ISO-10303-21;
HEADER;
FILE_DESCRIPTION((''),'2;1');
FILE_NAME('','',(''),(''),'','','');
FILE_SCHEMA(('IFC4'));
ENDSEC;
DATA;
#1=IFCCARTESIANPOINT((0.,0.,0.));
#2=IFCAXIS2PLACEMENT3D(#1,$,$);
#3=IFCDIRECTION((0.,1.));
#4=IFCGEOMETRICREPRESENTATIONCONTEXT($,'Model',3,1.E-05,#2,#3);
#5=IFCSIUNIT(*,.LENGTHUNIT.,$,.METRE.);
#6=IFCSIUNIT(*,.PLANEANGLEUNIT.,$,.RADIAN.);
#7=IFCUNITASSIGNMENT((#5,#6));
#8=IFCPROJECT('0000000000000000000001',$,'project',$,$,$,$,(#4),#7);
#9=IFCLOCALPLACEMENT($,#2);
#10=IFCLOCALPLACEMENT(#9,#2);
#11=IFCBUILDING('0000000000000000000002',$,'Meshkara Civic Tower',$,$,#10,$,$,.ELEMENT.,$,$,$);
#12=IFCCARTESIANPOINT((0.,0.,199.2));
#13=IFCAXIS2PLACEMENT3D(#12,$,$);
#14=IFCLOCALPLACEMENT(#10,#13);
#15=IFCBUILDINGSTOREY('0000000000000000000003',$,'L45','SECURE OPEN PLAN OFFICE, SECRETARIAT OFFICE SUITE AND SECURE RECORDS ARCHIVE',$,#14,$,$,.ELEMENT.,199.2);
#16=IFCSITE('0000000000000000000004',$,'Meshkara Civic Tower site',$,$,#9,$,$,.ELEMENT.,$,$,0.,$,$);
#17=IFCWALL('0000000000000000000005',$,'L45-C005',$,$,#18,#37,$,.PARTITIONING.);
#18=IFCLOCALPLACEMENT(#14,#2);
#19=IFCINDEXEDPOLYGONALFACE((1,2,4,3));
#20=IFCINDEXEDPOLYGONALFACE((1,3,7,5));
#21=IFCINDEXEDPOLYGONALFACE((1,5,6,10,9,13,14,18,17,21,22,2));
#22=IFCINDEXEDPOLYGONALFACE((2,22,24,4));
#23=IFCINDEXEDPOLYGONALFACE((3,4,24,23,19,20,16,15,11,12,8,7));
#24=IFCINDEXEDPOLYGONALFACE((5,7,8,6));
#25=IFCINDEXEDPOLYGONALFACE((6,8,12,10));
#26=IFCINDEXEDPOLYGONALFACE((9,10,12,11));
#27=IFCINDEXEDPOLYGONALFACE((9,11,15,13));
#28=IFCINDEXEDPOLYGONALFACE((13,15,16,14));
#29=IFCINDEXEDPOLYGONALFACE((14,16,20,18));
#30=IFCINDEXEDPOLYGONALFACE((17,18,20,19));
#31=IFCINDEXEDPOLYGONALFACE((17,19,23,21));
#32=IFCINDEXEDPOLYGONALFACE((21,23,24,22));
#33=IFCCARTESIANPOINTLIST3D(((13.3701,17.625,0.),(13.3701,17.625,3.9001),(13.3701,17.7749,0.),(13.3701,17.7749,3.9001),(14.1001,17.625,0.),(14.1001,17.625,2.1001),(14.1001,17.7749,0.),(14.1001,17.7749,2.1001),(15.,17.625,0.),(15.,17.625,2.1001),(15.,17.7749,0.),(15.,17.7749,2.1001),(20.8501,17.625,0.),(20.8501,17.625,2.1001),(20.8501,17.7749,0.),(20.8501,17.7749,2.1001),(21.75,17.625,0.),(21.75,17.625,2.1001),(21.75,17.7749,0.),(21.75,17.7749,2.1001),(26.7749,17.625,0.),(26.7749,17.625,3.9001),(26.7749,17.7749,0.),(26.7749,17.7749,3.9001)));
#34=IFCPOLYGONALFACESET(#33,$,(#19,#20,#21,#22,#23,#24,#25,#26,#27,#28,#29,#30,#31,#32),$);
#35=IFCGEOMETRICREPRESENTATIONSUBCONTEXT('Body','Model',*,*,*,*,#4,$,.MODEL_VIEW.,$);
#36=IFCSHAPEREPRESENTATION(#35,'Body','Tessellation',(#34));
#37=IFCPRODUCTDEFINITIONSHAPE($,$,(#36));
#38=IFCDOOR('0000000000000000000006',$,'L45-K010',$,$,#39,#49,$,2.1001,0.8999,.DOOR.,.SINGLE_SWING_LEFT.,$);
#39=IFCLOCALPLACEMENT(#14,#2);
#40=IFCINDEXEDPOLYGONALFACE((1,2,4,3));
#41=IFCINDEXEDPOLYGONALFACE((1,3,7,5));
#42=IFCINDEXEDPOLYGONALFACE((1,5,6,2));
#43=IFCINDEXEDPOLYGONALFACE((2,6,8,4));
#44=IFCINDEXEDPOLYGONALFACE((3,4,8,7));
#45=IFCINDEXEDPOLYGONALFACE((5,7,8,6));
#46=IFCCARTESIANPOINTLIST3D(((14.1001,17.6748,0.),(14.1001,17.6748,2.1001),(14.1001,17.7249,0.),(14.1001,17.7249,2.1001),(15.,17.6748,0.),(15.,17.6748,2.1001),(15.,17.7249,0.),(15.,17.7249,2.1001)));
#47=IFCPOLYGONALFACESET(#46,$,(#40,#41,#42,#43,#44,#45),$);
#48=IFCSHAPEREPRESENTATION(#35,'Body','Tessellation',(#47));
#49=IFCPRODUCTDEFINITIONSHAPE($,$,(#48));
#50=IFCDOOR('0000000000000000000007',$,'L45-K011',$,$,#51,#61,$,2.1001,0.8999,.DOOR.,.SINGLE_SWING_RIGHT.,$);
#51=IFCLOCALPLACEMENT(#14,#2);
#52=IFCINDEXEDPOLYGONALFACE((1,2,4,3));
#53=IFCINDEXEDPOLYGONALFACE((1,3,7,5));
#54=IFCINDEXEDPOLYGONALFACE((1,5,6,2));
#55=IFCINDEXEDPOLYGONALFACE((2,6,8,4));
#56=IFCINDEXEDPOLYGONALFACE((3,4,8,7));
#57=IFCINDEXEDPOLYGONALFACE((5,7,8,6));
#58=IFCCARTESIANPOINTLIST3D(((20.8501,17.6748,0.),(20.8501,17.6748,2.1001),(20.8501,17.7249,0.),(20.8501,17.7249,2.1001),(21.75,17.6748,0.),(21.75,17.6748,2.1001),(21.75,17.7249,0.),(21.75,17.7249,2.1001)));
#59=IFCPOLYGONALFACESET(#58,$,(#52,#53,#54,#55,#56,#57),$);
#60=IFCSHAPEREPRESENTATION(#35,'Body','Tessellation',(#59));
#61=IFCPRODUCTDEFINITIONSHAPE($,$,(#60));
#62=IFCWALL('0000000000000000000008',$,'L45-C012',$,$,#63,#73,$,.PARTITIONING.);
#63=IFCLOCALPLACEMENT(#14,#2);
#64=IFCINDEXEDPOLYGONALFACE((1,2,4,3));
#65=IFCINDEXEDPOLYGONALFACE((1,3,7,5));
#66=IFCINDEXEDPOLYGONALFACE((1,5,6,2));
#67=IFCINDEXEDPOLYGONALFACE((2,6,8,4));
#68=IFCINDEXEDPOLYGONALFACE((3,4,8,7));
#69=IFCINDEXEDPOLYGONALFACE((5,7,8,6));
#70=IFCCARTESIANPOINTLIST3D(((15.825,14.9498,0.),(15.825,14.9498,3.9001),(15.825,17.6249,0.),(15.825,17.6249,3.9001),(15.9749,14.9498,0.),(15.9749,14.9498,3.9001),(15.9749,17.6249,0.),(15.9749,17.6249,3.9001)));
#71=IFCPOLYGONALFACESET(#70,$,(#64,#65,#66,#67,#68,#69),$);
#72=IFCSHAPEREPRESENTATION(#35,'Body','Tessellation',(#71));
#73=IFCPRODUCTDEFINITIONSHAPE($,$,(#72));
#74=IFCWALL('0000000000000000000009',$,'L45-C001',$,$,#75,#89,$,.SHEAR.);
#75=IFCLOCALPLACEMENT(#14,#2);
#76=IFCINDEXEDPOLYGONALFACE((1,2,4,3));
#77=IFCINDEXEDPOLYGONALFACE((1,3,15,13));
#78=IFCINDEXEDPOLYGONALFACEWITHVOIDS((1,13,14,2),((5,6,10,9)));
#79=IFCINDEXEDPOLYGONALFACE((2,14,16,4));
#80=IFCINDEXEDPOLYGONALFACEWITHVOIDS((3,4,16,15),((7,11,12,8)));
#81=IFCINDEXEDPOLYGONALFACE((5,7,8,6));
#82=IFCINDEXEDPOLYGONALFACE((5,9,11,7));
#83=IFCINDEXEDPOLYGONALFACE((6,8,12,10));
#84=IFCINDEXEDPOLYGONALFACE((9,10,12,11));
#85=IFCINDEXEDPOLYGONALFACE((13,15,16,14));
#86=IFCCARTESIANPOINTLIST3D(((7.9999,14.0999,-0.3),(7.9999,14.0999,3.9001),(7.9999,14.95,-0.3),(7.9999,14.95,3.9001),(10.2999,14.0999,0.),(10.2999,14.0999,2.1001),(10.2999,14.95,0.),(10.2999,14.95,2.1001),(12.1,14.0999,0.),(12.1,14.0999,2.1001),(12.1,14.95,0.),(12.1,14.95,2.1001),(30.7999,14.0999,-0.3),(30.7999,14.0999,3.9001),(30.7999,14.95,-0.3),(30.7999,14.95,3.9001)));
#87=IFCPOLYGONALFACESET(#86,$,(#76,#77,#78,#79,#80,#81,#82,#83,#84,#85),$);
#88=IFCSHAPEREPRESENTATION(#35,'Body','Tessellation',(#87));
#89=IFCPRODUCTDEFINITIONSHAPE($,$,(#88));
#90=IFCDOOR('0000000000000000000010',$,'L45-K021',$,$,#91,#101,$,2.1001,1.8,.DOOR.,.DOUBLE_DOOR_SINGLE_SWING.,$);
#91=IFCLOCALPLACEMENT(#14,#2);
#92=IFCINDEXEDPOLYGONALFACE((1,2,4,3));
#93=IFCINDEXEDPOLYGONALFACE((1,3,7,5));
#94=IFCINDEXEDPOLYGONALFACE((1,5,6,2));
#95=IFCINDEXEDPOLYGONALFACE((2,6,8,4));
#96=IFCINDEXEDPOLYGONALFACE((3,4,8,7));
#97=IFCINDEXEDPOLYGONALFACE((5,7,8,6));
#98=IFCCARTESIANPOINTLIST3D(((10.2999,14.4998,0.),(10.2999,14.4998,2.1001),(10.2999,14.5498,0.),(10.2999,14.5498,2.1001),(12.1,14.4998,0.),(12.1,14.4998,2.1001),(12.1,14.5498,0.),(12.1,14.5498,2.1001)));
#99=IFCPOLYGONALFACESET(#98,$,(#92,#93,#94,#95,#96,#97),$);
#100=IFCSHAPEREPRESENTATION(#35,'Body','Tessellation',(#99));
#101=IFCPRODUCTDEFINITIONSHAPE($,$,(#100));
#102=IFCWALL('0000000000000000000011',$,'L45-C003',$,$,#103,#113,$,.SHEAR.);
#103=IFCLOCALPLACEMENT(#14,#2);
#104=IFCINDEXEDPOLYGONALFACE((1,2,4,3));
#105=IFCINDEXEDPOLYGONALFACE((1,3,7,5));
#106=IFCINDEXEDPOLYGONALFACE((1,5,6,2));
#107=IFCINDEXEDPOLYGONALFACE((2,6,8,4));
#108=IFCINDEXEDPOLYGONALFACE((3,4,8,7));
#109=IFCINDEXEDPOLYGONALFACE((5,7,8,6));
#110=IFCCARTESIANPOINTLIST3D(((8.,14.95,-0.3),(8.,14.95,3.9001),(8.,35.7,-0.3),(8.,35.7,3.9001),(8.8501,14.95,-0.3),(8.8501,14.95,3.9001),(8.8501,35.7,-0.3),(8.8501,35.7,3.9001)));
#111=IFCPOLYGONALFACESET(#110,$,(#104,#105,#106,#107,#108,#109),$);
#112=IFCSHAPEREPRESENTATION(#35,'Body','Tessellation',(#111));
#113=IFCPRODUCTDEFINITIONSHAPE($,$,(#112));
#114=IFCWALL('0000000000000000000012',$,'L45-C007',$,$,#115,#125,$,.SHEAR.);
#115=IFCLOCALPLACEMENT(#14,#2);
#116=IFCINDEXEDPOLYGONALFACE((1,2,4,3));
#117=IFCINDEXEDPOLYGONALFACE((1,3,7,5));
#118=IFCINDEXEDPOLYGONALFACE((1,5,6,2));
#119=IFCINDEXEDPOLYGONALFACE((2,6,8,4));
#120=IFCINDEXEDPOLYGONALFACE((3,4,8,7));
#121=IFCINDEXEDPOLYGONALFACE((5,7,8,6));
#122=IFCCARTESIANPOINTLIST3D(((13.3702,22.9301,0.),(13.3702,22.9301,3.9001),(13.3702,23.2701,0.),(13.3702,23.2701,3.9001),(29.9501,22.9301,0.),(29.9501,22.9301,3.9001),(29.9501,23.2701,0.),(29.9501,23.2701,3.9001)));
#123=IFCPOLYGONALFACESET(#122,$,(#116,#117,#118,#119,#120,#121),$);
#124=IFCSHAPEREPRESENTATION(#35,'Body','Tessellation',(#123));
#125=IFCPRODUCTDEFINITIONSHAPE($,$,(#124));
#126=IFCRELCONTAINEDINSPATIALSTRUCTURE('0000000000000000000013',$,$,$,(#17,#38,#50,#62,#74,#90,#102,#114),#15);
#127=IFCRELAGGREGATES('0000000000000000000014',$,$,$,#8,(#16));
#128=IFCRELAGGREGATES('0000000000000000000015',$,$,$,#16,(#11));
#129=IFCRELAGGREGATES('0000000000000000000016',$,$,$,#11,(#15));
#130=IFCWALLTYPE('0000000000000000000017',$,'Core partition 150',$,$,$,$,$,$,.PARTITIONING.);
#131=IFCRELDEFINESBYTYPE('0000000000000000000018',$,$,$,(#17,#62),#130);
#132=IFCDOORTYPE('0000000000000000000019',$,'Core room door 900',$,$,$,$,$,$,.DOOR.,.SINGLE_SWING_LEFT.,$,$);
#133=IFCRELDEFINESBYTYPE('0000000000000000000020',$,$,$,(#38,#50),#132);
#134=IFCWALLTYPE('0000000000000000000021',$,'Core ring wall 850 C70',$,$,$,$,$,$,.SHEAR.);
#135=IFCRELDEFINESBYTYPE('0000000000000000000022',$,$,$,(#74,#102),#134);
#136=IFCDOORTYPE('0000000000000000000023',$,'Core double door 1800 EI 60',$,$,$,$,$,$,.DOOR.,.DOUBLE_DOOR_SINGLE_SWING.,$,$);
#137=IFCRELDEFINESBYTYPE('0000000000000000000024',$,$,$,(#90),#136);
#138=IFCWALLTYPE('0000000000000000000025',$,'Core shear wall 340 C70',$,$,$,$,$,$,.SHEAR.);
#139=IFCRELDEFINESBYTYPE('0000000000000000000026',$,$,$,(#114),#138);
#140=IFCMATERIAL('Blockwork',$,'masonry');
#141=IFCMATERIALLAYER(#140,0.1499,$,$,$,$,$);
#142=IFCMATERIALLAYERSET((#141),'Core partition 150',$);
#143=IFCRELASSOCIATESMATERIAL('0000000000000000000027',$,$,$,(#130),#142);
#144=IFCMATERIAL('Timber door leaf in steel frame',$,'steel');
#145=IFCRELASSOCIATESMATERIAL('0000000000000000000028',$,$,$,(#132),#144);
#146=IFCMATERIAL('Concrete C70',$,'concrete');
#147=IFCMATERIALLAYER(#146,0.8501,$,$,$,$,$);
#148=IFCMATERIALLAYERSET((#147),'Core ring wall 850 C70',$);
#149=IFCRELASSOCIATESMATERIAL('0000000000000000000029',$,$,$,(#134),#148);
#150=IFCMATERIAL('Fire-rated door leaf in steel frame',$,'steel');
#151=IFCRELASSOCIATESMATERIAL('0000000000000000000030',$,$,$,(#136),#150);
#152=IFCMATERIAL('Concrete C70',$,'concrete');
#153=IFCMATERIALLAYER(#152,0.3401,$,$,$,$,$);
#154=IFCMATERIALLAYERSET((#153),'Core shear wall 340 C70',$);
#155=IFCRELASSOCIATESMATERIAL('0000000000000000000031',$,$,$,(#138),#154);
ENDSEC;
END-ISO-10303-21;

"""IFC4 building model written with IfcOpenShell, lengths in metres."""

from ifc_helpers import new_model, si_unit, direction, frame, frame_2d, origin, place, context, subcontext, project, spatial, rectangle, extrude, material, layer, layer_set, type_object, element, fill, save


model = new_model("IFC4")

# Units and contexts
model_context = context("Model", 3, precision=1e-05, world=origin(), true_north=direction((0.0, 1.0)))
body_context = subcontext(model_context, "Body", "Model", "MODEL_VIEW")
ifc_project = project(units=[si_unit("LENGTHUNIT", "METRE"), si_unit("PLANEANGLEUNIT", "RADIAN")], contexts=[model_context])

# Site, building, storey
site_placement = place(None, origin())
site = spatial("IfcSite", under=ifc_project, at=site_placement, Name="Meshkara Civic Tower site", CompositionType="ELEMENT", RefElevation=0.0)
building_placement = place(site_placement, origin())
building = spatial("IfcBuilding", under=site, at=building_placement, Name="Meshkara Civic Tower", CompositionType="ELEMENT")
storey_placement = place(building_placement, frame((0.0, 0.0, 199.2)))
storey = spatial("IfcBuildingStorey", under=building, at=storey_placement, Name="L45", Description="SECURE OPEN PLAN OFFICE, SECRETARIAT OFFICE SUITE AND SECURE RECORDS ARCHIVE", CompositionType="ELEMENT", Elevation=199.2)

# Wall, openings, doors
ifc_material_1 = material(Name="Blockwork", Category="masonry")
ifc_layer_1 = layer(ifc_material_1, 0.1499)
ifc_layer_set_1 = layer_set([ifc_layer_1], Name="Core partition 150")
wall_type_1 = type_object("IfcWallType", Name="Core partition 150", PredefinedType="PARTITIONING", material=ifc_layer_set_1)
wall_1_placement = place(storey_placement, frame((13.3701, 17.7, 0.0), z_axis=(0.0, 0.0, 1.0), x_axis=(1.0, 0.0, 0.0)))
wall_1 = element("IfcWall", 1, at=wall_1_placement, inside=storey, type_object=wall_type_1, Name="L45-C005", PredefinedType="PARTITIONING", context=body_context, shape_type="SweptSolid", body=[
    extrude(rectangle(XDim=13.4048, YDim=0.1499, at=frame_2d((6.7024, 0.0))), origin(), (0.0, 0.0, 1.0), 3.9001),
])
opening_1_placement = place(wall_1_placement, frame((0.73, 0.0, 0.0)))
opening_1 = element("IfcOpeningElement", 2, at=opening_1_placement, cuts=wall_1, PredefinedType="OPENING", context=body_context, shape_type="SweptSolid", body=[
    extrude(rectangle(XDim=0.8999, YDim=2.1001, at=frame_2d((0.45, 1.05))), frame((0.0, 0.085, 0.0), z_axis=(0.0, -1.0, 0.0), x_axis=(1.0, 0.0, 0.0)), (0.0, 0.0, 1.0), 0.1699),
])
opening_2_placement = place(wall_1_placement, frame((7.48, 0.0, 0.0)))
opening_2 = element("IfcOpeningElement", 3, at=opening_2_placement, cuts=wall_1, PredefinedType="OPENING", context=body_context, shape_type="SweptSolid", body=[
    extrude(rectangle(XDim=0.8999, YDim=2.1001, at=frame_2d((0.45, 1.05))), frame((0.0, 0.085, 0.0), z_axis=(0.0, -1.0, 0.0), x_axis=(1.0, 0.0, 0.0)), (0.0, 0.0, 1.0), 0.1699),
])
ifc_material_2 = material(Name="Timber door leaf in steel frame", Category="steel")
door_type_1 = type_object("IfcDoorType", Name="Core room door 900", OperationType="SINGLE_SWING_LEFT", PredefinedType="DOOR", material=ifc_material_2)
door_1_placement = place(opening_1_placement, origin())
door_1 = element("IfcDoor", 4, at=door_1_placement, inside=storey, type_object=door_type_1, Name="L45-K010", OperationType="SINGLE_SWING_LEFT", OverallHeight=2.1001, OverallWidth=0.8999, PredefinedType="DOOR", context=body_context, shape_type="SweptSolid", body=[
    extrude(rectangle(XDim=0.8999, YDim=2.1001, at=frame_2d((0.45, 1.05))), frame((0.0, 0.0249, 0.0), z_axis=(0.0, -1.0, 0.0), x_axis=(1.0, 0.0, 0.0)), (0.0, 0.0, 1.0), 0.05),
])
fill(opening_1, door_1)
door_2_placement = place(opening_2_placement, origin())
door_2 = element("IfcDoor", 5, at=door_2_placement, inside=storey, type_object=door_type_1, Name="L45-K011", OperationType="SINGLE_SWING_RIGHT", OverallHeight=2.1001, OverallWidth=0.8999, PredefinedType="DOOR", context=body_context, shape_type="SweptSolid", body=[
    extrude(rectangle(XDim=0.8999, YDim=2.1001, at=frame_2d((0.45, 1.05))), frame((0.0, 0.0249, 0.0), z_axis=(0.0, -1.0, 0.0), x_axis=(1.0, 0.0, 0.0)), (0.0, 0.0, 1.0), 0.05),
])
fill(opening_2, door_2)

# Wall
wall_2_placement = place(storey_placement, frame((15.8999, 14.95, 0.0), z_axis=(0.0, 0.0, 1.0), x_axis=(0.0, 1.0, 0.0)))
element("IfcWall", 6, at=wall_2_placement, inside=storey, type_object=wall_type_1, Name="L45-C012", PredefinedType="PARTITIONING", context=body_context, shape_type="SweptSolid", body=[
    extrude(rectangle(XDim=2.675, YDim=0.1499, at=frame_2d((1.3374, 0.0))), origin(), (0.0, 0.0, 1.0), 3.9001),
])

# Wall, opening, door
ifc_material_3 = material(Name="Concrete C70", Category="concrete")
ifc_layer_2 = layer(ifc_material_3, 0.8501)
ifc_layer_set_2 = layer_set([ifc_layer_2], Name="Core ring wall 850 C70")
wall_type_2 = type_object("IfcWallType", Name="Core ring wall 850 C70", PredefinedType="SHEAR", material=ifc_layer_set_2)
wall_3_placement = place(storey_placement, frame((8.0, 14.5249, -0.3), z_axis=(0.0, 0.0, 1.0), x_axis=(1.0, 0.0, 0.0)))
wall_3 = element("IfcWall", 7, at=wall_3_placement, inside=storey, type_object=wall_type_2, Name="L45-C001", PredefinedType="SHEAR", context=body_context, shape_type="SweptSolid", body=[
    extrude(rectangle(XDim=22.8, YDim=0.8501, at=frame_2d((11.3999, 0.0))), origin(), (0.0, 0.0, 1.0), 4.2002),
])
opening_3_placement = place(wall_3_placement, frame((2.3, 0.0, 0.3)))
opening_3 = element("IfcOpeningElement", 8, at=opening_3_placement, cuts=wall_3, PredefinedType="OPENING", context=body_context, shape_type="SweptSolid", body=[
    extrude(rectangle(XDim=1.8, YDim=2.1001, at=frame_2d((0.8999, 1.05))), frame((0.0, 0.4351, 0.0), z_axis=(0.0, -1.0, 0.0), x_axis=(1.0, 0.0, 0.0)), (0.0, 0.0, 1.0), 0.8701),
])
ifc_material_4 = material(Name="Fire-rated door leaf in steel frame", Category="steel")
door_type_2 = type_object("IfcDoorType", Name="Core double door 1800 EI 60", OperationType="DOUBLE_DOOR_SINGLE_SWING", PredefinedType="DOOR", material=ifc_material_4)
door_3_placement = place(opening_3_placement, origin())
door_3 = element("IfcDoor", 9, at=door_3_placement, inside=storey, type_object=door_type_2, Name="L45-K021", OperationType="DOUBLE_DOOR_SINGLE_SWING", OverallHeight=2.1001, OverallWidth=1.8, PredefinedType="DOOR", context=body_context, shape_type="SweptSolid", body=[
    extrude(rectangle(XDim=1.8, YDim=2.1001, at=frame_2d((0.8999, 1.05))), frame((0.0, 0.0249, 0.0), z_axis=(0.0, -1.0, 0.0), x_axis=(1.0, 0.0, 0.0)), (0.0, 0.0, 1.0), 0.05),
])
fill(opening_3, door_3)

# Walls
wall_4_placement = place(storey_placement, frame((8.425, 14.95, -0.3), z_axis=(0.0, 0.0, 1.0), x_axis=(0.0, 1.0, 0.0)))
element("IfcWall", 10, at=wall_4_placement, inside=storey, type_object=wall_type_2, Name="L45-C003", PredefinedType="SHEAR", context=body_context, shape_type="SweptSolid", body=[
    extrude(rectangle(XDim=20.75, YDim=0.8501, at=frame_2d((10.375, 0.0))), origin(), (0.0, 0.0, 1.0), 4.2002),
])
ifc_material_5 = material(Name="Concrete C70", Category="concrete")
ifc_layer_3 = layer(ifc_material_5, 0.3401)
ifc_layer_set_3 = layer_set([ifc_layer_3], Name="Core shear wall 340 C70")
wall_type_3 = type_object("IfcWallType", Name="Core shear wall 340 C70", PredefinedType="SHEAR", material=ifc_layer_set_3)
wall_5_placement = place(storey_placement, frame((13.3701, 23.1001, 0.0), z_axis=(0.0, 0.0, 1.0), x_axis=(1.0, 0.0, 0.0)))
element("IfcWall", 11, at=wall_5_placement, inside=storey, type_object=wall_type_3, Name="L45-C007", PredefinedType="SHEAR", context=body_context, shape_type="SweptSolid", body=[
    extrude(rectangle(XDim=16.5798, YDim=0.3401, at=frame_2d((8.29, 0.0))), origin(), (0.0, 0.0, 1.0), 3.9001),
])

save(model, "model.ifc")
